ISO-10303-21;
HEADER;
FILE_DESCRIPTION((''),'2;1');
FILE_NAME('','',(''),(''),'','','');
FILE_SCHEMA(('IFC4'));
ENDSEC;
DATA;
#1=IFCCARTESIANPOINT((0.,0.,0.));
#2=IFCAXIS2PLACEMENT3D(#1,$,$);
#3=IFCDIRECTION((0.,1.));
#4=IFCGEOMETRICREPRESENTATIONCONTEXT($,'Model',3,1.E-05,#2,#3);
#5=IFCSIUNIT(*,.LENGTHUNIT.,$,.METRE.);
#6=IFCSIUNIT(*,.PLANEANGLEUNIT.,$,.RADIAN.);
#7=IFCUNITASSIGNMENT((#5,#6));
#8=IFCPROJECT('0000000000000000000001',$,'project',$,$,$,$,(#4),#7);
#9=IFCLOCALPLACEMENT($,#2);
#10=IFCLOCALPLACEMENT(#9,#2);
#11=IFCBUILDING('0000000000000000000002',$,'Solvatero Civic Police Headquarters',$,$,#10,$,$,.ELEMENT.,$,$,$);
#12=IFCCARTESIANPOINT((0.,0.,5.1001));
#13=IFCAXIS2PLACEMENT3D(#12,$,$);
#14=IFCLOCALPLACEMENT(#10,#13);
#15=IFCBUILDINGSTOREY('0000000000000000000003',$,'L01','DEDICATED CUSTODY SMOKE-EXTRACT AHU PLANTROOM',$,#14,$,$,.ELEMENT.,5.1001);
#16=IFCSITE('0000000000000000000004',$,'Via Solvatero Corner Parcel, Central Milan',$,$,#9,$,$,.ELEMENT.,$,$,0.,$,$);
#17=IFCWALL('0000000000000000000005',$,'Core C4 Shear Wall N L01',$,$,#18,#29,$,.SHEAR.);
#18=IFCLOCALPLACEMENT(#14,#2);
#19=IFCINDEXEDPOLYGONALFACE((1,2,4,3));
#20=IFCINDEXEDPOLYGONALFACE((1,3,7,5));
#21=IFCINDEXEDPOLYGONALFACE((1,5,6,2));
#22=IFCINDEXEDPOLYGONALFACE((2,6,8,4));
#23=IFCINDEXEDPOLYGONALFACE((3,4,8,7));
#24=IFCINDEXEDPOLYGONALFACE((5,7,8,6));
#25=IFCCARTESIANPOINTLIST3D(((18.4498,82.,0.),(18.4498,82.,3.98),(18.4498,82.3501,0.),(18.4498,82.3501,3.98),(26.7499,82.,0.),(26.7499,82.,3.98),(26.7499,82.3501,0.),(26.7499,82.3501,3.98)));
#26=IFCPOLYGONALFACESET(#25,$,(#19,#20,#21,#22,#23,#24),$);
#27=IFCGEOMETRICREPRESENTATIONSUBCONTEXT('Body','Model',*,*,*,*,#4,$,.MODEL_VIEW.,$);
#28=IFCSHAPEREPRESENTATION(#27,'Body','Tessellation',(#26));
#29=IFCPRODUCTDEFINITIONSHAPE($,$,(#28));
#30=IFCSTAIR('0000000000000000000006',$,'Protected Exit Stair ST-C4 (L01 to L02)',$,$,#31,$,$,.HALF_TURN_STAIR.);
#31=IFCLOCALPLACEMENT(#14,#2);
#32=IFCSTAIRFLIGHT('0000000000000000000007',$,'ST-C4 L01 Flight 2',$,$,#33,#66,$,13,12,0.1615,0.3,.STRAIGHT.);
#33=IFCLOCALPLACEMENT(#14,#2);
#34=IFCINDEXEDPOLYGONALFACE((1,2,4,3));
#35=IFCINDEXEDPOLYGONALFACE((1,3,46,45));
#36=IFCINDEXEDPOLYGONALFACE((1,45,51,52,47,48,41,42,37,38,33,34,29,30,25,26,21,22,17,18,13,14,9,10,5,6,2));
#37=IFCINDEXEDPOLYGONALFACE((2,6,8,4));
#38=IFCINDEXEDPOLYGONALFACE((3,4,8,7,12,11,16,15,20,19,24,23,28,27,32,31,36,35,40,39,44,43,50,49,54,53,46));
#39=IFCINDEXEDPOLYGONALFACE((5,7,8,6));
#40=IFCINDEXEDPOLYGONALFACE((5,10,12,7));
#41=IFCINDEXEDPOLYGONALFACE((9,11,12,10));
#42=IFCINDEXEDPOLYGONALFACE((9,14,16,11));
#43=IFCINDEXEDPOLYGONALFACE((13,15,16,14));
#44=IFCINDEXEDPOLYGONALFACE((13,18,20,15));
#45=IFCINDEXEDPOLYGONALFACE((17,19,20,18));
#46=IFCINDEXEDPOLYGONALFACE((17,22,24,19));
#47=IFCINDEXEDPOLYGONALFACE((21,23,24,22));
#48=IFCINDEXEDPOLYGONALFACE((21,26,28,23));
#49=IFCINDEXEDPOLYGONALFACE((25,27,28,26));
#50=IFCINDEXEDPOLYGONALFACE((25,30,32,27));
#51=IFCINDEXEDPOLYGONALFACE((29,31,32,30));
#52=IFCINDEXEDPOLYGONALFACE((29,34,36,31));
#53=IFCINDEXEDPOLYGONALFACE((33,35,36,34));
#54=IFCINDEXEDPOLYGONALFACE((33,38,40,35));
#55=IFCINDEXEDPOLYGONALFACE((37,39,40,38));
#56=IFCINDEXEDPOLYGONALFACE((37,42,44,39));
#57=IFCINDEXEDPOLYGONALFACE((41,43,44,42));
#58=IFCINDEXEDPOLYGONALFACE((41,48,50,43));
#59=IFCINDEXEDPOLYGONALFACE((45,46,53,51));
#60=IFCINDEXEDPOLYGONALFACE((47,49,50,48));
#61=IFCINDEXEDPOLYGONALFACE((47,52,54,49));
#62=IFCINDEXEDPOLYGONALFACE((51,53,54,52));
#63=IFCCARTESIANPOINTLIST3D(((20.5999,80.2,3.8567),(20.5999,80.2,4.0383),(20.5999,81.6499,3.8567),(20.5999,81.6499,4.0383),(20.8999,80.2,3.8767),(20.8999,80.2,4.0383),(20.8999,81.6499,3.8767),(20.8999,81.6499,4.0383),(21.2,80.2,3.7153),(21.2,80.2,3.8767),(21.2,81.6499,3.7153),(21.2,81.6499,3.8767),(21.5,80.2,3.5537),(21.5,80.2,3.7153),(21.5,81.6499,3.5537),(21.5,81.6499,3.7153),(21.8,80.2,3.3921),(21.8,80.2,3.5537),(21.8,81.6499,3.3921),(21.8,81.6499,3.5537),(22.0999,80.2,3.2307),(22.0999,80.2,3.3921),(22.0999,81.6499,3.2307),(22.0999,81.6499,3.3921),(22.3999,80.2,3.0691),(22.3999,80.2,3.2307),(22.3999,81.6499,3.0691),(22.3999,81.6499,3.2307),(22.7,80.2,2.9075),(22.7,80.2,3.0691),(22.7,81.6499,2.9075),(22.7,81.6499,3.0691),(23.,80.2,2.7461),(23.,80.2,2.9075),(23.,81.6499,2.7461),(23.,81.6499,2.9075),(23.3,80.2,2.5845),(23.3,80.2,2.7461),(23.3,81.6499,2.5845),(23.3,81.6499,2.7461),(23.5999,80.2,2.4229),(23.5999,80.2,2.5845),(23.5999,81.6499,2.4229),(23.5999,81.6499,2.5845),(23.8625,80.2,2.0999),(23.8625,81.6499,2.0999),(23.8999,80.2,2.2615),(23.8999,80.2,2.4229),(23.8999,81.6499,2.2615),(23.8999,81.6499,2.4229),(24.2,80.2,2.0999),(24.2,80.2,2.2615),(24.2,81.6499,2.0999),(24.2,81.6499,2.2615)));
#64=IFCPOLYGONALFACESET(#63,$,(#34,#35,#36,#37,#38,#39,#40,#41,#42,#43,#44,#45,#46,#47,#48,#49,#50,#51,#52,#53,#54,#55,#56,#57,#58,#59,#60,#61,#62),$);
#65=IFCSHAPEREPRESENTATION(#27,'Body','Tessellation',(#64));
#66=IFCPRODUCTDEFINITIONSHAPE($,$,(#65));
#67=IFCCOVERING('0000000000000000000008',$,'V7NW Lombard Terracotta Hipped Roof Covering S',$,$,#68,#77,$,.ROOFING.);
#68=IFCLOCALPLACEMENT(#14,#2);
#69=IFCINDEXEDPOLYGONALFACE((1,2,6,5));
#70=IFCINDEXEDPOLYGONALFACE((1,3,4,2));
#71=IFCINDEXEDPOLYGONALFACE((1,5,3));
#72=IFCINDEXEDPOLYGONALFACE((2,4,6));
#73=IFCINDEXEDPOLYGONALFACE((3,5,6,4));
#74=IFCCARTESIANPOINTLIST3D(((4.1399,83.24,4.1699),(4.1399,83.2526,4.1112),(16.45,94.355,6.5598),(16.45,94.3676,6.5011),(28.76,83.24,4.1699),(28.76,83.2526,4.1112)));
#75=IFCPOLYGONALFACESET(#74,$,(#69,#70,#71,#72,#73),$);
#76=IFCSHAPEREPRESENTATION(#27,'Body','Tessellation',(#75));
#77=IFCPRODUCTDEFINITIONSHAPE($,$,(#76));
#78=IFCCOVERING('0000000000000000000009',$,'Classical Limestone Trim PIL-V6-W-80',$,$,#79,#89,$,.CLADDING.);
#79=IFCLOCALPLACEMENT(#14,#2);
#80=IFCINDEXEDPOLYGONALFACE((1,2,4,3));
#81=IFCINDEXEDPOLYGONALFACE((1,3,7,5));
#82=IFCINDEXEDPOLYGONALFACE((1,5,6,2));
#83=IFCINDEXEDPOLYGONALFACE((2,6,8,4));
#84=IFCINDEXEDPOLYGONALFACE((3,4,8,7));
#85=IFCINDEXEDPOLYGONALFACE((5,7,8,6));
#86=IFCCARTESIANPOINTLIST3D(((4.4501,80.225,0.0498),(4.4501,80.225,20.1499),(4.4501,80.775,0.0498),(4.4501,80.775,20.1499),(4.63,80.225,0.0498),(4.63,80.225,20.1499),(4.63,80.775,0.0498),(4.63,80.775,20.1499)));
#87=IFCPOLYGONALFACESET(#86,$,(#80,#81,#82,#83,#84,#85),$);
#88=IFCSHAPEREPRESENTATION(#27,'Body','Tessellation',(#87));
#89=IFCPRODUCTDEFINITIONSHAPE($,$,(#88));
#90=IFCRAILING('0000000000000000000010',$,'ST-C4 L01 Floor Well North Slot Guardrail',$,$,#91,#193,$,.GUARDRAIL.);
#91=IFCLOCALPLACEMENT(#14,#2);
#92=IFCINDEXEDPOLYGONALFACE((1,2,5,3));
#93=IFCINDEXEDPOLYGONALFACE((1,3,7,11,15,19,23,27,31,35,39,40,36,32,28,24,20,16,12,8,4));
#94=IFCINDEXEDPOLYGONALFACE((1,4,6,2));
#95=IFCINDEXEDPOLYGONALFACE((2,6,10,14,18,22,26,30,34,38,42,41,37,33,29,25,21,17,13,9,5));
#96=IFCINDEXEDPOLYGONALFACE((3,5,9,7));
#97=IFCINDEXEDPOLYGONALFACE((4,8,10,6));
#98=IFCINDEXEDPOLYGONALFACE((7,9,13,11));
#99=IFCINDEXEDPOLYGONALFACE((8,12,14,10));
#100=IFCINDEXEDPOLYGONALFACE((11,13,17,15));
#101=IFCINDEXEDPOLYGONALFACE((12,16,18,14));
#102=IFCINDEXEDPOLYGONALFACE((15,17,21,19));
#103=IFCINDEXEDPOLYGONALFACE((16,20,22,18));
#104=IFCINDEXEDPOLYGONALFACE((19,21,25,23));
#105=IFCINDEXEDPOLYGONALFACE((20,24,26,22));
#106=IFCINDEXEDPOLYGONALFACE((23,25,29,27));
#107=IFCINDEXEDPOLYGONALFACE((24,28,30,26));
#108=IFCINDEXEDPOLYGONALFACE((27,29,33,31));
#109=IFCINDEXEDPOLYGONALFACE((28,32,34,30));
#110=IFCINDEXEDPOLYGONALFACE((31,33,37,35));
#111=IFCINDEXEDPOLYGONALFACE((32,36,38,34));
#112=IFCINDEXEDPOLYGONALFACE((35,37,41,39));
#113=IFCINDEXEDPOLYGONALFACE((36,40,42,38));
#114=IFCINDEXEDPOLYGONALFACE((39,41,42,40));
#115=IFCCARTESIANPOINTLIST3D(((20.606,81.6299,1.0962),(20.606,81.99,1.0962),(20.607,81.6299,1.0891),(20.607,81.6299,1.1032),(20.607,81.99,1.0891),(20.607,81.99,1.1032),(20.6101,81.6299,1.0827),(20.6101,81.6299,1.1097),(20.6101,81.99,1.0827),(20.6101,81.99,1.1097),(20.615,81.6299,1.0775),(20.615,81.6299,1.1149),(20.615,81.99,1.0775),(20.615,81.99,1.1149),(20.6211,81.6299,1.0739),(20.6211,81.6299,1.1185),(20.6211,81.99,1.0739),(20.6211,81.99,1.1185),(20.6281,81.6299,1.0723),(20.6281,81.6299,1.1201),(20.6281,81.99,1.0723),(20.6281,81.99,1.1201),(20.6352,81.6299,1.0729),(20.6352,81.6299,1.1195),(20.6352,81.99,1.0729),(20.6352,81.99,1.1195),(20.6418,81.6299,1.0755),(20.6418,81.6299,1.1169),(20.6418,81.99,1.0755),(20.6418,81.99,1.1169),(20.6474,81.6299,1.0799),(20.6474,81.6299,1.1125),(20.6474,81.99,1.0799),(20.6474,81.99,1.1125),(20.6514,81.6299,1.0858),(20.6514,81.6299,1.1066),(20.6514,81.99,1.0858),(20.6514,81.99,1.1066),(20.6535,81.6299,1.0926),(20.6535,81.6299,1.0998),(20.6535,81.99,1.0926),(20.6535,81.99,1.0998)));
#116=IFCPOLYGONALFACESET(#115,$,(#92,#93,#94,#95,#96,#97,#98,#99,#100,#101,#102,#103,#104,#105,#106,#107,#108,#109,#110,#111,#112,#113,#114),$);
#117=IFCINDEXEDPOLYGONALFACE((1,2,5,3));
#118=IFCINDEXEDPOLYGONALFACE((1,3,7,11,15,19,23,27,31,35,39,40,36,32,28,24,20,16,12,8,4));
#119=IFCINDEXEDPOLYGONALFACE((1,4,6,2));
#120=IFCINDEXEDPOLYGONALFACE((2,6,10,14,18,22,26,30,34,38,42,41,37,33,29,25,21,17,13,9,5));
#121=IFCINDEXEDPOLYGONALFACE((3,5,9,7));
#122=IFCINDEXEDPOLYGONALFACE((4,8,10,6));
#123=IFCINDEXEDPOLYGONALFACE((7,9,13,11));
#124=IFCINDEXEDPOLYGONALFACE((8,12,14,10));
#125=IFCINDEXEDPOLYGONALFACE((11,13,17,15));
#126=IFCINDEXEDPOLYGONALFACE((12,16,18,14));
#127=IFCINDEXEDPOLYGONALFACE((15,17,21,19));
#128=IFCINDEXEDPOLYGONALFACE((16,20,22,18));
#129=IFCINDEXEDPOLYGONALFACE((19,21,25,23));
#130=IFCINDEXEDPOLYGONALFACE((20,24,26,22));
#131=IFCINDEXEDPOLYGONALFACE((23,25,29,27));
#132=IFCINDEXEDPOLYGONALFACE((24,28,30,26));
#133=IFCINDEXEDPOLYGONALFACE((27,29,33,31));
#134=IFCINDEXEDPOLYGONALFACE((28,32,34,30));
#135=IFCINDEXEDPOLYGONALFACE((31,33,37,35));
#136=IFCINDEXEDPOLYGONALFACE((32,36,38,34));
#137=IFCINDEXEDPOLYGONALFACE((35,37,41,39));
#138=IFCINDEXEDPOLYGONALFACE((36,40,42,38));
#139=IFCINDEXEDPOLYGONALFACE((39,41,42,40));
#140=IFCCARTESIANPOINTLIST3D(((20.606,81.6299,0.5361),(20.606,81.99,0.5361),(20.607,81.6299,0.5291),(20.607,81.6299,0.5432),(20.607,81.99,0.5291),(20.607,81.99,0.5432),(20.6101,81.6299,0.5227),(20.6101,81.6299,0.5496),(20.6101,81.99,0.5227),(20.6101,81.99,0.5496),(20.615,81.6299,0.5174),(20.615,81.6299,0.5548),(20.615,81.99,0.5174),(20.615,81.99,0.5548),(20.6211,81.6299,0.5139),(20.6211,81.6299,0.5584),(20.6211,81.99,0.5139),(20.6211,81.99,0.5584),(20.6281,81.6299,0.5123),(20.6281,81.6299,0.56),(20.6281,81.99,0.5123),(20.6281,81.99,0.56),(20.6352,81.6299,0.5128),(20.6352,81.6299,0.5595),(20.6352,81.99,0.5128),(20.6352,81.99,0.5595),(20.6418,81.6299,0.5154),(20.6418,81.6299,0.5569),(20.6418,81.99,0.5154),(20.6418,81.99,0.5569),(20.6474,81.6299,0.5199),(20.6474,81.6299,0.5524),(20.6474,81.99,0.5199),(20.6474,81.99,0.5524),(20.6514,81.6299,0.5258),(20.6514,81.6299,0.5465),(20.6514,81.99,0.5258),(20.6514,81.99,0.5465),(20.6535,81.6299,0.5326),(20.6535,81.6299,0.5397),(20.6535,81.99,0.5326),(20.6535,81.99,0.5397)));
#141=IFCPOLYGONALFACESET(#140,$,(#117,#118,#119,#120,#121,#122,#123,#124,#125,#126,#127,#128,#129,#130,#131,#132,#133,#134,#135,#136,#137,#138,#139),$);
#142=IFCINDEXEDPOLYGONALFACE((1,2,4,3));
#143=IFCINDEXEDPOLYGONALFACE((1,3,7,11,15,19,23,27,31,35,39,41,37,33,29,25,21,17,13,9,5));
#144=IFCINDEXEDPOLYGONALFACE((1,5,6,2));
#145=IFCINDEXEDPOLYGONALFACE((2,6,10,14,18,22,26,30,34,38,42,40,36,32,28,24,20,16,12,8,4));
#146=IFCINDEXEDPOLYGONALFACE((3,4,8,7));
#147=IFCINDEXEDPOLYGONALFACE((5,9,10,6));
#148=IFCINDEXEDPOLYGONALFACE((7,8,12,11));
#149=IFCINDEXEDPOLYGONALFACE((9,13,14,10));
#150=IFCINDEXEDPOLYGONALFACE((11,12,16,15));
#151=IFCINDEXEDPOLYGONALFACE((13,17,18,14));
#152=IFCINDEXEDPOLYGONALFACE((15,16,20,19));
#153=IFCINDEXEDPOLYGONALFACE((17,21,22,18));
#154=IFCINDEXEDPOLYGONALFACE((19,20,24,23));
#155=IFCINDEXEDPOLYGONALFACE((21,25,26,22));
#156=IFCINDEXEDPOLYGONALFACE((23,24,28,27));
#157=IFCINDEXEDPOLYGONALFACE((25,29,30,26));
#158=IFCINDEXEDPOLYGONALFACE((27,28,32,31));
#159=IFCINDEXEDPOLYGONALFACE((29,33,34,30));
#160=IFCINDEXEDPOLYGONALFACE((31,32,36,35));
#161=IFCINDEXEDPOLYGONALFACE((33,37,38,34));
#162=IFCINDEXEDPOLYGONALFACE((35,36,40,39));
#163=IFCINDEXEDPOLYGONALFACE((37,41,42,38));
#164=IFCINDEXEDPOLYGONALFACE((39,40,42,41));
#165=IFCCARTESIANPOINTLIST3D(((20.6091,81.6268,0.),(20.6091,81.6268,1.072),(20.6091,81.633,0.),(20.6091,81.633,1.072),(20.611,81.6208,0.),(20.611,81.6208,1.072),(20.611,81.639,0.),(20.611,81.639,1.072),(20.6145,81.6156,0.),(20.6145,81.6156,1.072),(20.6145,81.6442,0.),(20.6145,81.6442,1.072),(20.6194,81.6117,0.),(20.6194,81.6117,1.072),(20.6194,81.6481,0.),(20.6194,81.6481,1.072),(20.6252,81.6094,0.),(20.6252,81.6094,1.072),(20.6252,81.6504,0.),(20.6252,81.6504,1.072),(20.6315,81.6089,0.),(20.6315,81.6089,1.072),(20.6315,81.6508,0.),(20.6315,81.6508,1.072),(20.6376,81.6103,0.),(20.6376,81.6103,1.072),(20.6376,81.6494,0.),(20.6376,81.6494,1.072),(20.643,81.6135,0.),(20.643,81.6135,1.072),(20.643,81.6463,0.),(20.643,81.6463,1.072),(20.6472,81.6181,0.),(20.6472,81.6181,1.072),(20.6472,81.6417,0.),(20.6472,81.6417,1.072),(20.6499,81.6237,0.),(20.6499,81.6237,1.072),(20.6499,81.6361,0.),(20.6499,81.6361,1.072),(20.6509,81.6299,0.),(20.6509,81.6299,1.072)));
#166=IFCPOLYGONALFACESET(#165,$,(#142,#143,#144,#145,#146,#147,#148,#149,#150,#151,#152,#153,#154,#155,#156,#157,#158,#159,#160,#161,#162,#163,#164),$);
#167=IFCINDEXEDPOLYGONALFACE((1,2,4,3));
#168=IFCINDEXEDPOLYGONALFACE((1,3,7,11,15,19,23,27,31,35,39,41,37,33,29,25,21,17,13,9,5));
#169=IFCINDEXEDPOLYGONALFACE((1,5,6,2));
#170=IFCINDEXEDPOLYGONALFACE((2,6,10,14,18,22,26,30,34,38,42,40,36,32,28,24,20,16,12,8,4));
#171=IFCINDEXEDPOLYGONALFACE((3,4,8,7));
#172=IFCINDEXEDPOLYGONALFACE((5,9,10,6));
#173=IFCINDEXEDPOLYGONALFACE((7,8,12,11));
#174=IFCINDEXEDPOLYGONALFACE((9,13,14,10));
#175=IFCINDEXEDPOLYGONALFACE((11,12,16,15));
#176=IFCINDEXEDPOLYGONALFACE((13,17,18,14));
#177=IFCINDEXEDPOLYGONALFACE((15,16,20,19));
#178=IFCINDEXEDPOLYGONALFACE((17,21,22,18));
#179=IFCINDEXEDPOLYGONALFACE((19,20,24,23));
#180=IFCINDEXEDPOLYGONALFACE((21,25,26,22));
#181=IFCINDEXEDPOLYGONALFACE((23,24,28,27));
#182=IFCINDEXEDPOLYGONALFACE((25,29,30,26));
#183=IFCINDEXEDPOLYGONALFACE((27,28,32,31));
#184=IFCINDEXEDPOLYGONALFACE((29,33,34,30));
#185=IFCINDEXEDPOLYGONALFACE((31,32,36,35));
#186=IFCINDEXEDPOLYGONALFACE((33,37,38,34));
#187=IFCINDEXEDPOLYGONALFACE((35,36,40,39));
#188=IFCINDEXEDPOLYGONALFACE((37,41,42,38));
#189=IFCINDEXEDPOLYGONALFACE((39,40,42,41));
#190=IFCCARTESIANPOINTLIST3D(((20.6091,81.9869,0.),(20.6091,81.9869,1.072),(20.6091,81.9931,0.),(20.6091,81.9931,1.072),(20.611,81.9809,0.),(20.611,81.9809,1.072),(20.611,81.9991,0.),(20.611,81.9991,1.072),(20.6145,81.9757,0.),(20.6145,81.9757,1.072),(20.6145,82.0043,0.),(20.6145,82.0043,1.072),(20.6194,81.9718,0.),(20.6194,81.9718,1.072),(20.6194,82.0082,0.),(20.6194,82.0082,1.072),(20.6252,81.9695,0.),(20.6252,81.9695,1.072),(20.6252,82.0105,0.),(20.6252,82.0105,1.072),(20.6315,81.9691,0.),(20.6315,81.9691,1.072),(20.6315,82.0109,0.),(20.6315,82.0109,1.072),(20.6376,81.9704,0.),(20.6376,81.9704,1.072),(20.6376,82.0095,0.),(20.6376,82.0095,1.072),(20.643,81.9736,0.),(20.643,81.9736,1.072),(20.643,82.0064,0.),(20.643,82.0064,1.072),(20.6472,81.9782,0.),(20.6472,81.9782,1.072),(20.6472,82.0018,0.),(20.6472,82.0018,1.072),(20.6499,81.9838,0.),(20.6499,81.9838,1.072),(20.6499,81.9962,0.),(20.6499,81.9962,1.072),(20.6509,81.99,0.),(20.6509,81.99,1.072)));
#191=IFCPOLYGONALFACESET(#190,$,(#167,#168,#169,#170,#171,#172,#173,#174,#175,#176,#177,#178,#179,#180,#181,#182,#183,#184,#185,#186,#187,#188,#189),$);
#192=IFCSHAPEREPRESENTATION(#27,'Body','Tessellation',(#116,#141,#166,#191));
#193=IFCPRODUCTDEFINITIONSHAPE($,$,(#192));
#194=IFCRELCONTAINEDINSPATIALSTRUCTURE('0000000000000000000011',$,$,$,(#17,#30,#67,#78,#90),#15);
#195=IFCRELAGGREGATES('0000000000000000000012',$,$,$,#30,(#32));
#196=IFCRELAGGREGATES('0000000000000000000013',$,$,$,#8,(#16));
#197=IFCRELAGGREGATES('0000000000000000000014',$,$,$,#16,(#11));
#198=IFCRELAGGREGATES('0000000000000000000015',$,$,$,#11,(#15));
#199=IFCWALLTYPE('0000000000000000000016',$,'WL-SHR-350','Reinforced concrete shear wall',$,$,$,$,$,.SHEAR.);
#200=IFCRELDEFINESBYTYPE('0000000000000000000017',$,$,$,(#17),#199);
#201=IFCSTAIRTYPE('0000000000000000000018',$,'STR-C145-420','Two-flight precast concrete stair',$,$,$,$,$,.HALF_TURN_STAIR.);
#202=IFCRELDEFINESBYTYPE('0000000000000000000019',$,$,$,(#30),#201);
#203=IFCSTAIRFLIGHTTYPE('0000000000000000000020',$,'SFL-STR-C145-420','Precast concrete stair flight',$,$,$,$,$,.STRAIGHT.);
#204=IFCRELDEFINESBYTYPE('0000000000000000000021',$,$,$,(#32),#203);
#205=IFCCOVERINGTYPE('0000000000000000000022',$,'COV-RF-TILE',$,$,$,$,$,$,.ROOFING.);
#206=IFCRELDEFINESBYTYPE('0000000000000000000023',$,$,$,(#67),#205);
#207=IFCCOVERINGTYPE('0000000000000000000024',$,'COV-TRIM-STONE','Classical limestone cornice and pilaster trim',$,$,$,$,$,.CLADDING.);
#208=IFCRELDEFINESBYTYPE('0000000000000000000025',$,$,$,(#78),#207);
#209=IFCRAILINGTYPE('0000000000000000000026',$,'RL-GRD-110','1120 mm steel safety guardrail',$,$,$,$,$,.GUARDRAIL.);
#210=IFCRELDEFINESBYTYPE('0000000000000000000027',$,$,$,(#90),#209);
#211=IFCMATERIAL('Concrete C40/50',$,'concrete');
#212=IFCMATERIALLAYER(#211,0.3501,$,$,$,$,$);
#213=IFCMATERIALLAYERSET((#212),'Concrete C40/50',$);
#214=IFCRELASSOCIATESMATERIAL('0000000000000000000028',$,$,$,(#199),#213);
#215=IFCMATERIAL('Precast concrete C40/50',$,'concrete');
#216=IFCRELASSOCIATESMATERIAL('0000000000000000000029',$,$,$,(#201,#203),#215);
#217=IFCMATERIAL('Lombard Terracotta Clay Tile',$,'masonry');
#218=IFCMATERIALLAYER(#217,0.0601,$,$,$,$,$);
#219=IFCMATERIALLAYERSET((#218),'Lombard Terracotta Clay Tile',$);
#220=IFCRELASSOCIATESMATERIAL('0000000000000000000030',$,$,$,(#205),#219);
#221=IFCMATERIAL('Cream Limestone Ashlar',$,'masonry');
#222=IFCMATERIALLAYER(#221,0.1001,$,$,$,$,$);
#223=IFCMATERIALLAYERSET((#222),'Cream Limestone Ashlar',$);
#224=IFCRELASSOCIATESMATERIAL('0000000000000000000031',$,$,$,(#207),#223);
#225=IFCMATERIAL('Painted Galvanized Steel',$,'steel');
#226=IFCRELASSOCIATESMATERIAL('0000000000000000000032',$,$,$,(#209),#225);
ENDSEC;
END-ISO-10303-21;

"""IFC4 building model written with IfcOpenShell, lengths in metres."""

from ifc_helpers import new_model, si_unit, direction, frame, frame_2d, origin, origin_2d, place, context, subcontext, project, spatial, polyline, rectangle, circle, outline, extrude, material, layer, layer_set, type_object, element, aggregate, save


model = new_model("IFC4")

# Units and contexts
model_context = context("Model", 3, precision=1e-05, world=origin(), true_north=direction((0.0, 1.0)))
body_context = subcontext(model_context, "Body", "Model", "MODEL_VIEW")
ifc_project = project(units=[si_unit("LENGTHUNIT", "METRE"), si_unit("PLANEANGLEUNIT", "RADIAN")], contexts=[model_context])

# Site, building, storey
site_placement = place(None, origin())
site = spatial("IfcSite", under=ifc_project, at=site_placement, Name="Via Solvatero Corner Parcel, Central Milan", CompositionType="ELEMENT", RefElevation=0.0)
building_placement = place(site_placement, origin())
building = spatial("IfcBuilding", under=site, at=building_placement, Name="Solvatero Civic Police Headquarters", CompositionType="ELEMENT")
storey_placement = place(building_placement, frame((0.0, 0.0, 5.1001)))
storey = spatial("IfcBuildingStorey", under=building, at=storey_placement, Name="L01", Description="DEDICATED CUSTODY SMOKE-EXTRACT AHU PLANTROOM", CompositionType="ELEMENT", Elevation=5.1001)

# Shared definitions
ifc_material_1 = material(Name="Cream Limestone Ashlar", Category="masonry")

# Wall
ifc_material_2 = material(Name="Concrete C40/50", Category="concrete")
ifc_layer_1 = layer(ifc_material_2, 0.3501)
ifc_layer_set_1 = layer_set([ifc_layer_1], Name="Concrete C40/50")
wall_type_1 = type_object("IfcWallType", Name="WL-SHR-350", Description="Reinforced concrete shear wall", PredefinedType="SHEAR", material=ifc_layer_set_1)
wall_1_placement = place(storey_placement, frame((18.45, 82.175, 0.0), z_axis=(0.0, 0.0, 1.0), x_axis=(1.0, 0.0, 0.0)))
element("IfcWall", 1, at=wall_1_placement, inside=storey, type_object=wall_type_1, Name="Core C4 Shear Wall N L01", PredefinedType="SHEAR", context=body_context, shape_type="SweptSolid", body=[
    extrude(rectangle(XDim=8.3, YDim=0.3501, at=frame_2d((4.1499, 0.0))), origin(), (0.0, 0.0, 1.0), 3.98),
])

# Stair, stair flight
ifc_material_3 = material(Name="Precast concrete C40/50", Category="concrete")
stair_type = type_object("IfcStairType", Name="STR-C145-420", Description="Two-flight precast concrete stair", PredefinedType="HALF_TURN_STAIR", material=ifc_material_3)
stair_placement = place(storey_placement, origin())
stair = element("IfcStair", 2, at=stair_placement, inside=storey, type_object=stair_type, Name="Protected Exit Stair ST-C4 (L01 to L02)", PredefinedType="HALF_TURN_STAIR")
stair_flight_type = type_object("IfcStairFlightType", Name="SFL-STR-C145-420", Description="Precast concrete stair flight", PredefinedType="STRAIGHT", material=ifc_material_3)
stair_flight_placement = place(storey_placement, frame((24.2, 80.925, 2.0999), z_axis=(0.0, 0.0, 1.0), x_axis=(-1.0, 0.0, 0.0)))
stair_flight = element("IfcStairFlight", 3, at=stair_flight_placement, type_object=stair_flight_type, Name="ST-C4 L01 Flight 2", NumberOfRisers=13, NumberOfTreads=12, PredefinedType="STRAIGHT", RiserHeight=0.1615, TreadLength=0.3, context=body_context, shape_type="SweptSolid", body=[
    extrude(outline(polyline([(0.0, 0.0), (0.0, 0.1616), (0.3, 0.1616), (0.3, 0.323), (0.6001, 0.323), (0.6001, 0.4846), (0.8999, 0.4846), (0.8999, 0.6462), (1.2, 0.6462), (1.2, 0.8076), (1.5, 0.8076), (1.5, 0.9692), (1.8, 0.9692), (1.8, 1.1309), (2.1001, 1.1309), (2.1001, 1.2922), (2.3999, 1.2922), (2.3999, 1.4539), (2.7, 1.4539), (2.7, 1.6155), (3.0, 1.6155), (3.0, 1.7769), (3.3, 1.7769), (3.3, 1.9385), (3.6001, 1.9385), (3.6001, 2.1001), (3.6001, 1.7568), (0.3374, 0.0), (0.0, 0.0)])), frame((0.0, 0.7251, 0.0), z_axis=(0.0, -1.0, 0.0), x_axis=(1.0, 0.0, 0.0)), (0.0, 0.0, 1.0), 1.45),
])
aggregate(stair, [stair_flight])

# Coverings
ifc_material_4 = material(Name="Lombard Terracotta Clay Tile", Category="masonry")
ifc_layer_2 = layer(ifc_material_4, 0.0601)
ifc_layer_set_2 = layer_set([ifc_layer_2], Name="Lombard Terracotta Clay Tile")
covering_type_1 = type_object("IfcCoveringType", Name="COV-RF-TILE", PredefinedType="ROOFING", material=ifc_layer_set_2)
covering_1_placement = place(storey_placement, frame((4.1399, 83.24, 4.1699), z_axis=(0.0, -0.210211, 0.977656), x_axis=(1.0, 0.0, 0.0)))
element("IfcCovering", 4, at=covering_1_placement, inside=storey, type_object=covering_type_1, Name="V7NW Lombard Terracotta Hipped Roof Covering S", PredefinedType="ROOFING", context=body_context, shape_type="SweptSolid", body=[
    extrude(outline(polyline([(0.0, 0.0), (24.6201, 0.0), (12.3101, 11.369), (0.0, 0.0)])), origin(), (0.0, 0.0, -1.0), 0.0601),
])
ifc_layer_3 = layer(ifc_material_1, 0.1001)
ifc_layer_set_3 = layer_set([ifc_layer_3], Name="Cream Limestone Ashlar")
covering_type_2 = type_object("IfcCoveringType", Name="COV-TRIM-STONE", Description="Classical limestone cornice and pilaster trim", PredefinedType="CLADDING", material=ifc_layer_set_3)
covering_2_placement = place(storey_placement, frame((4.54, 80.5, 0.0498), z_axis=(0.0, 0.0, 1.0), x_axis=(1.0, 0.0, 0.0)))
element("IfcCovering", 5, at=covering_2_placement, inside=storey, type_object=covering_type_2, Name="Classical Limestone Trim PIL-V6-W-80", PredefinedType="CLADDING", context=body_context, shape_type="SweptSolid", body=[
    extrude(rectangle(XDim=0.1799, YDim=0.55, at=origin_2d()), origin(), (0.0, 0.0, 1.0), 20.1001),
])

# Railing
ifc_material_5 = material(Name="Painted Galvanized Steel", Category="steel")
railing_type_1 = type_object("IfcRailingType", Name="RL-GRD-110", Description="1120 mm steel safety guardrail", PredefinedType="GUARDRAIL", material=ifc_material_5)
railing_1_placement = place(storey_placement, frame((20.6299, 81.6299, 0.0)))
element("IfcRailing", 6, at=railing_1_placement, inside=storey, type_object=railing_type_1, Name="ST-C4 L01 Floor Well North Slot Guardrail", PredefinedType="GUARDRAIL", context=body_context, shape_type="SweptSolid", body=[
    extrude(circle(Radius=0.0239, at=origin_2d()), frame((0.0, 0.0, 1.0962), z_axis=(0.0, 1.0, 0.0), x_axis=(-1.0, 0.0, 0.0)), (0.0, 0.0, 1.0), 0.3601),
    extrude(circle(Radius=0.0239, at=origin_2d()), frame((0.0, 0.0, 0.5361), z_axis=(0.0, 1.0, 0.0), x_axis=(-1.0, 0.0, 0.0)), (0.0, 0.0, 1.0), 0.3601),
    extrude(circle(Radius=0.021, at=origin_2d()), origin(), (0.0, 0.0, 1.0), 1.072),
    extrude(circle(Radius=0.021, at=origin_2d()), frame((0.0, 0.3601, 0.0)), (0.0, 0.0, 1.0), 1.072),
])

save(model, "model.ifc")
